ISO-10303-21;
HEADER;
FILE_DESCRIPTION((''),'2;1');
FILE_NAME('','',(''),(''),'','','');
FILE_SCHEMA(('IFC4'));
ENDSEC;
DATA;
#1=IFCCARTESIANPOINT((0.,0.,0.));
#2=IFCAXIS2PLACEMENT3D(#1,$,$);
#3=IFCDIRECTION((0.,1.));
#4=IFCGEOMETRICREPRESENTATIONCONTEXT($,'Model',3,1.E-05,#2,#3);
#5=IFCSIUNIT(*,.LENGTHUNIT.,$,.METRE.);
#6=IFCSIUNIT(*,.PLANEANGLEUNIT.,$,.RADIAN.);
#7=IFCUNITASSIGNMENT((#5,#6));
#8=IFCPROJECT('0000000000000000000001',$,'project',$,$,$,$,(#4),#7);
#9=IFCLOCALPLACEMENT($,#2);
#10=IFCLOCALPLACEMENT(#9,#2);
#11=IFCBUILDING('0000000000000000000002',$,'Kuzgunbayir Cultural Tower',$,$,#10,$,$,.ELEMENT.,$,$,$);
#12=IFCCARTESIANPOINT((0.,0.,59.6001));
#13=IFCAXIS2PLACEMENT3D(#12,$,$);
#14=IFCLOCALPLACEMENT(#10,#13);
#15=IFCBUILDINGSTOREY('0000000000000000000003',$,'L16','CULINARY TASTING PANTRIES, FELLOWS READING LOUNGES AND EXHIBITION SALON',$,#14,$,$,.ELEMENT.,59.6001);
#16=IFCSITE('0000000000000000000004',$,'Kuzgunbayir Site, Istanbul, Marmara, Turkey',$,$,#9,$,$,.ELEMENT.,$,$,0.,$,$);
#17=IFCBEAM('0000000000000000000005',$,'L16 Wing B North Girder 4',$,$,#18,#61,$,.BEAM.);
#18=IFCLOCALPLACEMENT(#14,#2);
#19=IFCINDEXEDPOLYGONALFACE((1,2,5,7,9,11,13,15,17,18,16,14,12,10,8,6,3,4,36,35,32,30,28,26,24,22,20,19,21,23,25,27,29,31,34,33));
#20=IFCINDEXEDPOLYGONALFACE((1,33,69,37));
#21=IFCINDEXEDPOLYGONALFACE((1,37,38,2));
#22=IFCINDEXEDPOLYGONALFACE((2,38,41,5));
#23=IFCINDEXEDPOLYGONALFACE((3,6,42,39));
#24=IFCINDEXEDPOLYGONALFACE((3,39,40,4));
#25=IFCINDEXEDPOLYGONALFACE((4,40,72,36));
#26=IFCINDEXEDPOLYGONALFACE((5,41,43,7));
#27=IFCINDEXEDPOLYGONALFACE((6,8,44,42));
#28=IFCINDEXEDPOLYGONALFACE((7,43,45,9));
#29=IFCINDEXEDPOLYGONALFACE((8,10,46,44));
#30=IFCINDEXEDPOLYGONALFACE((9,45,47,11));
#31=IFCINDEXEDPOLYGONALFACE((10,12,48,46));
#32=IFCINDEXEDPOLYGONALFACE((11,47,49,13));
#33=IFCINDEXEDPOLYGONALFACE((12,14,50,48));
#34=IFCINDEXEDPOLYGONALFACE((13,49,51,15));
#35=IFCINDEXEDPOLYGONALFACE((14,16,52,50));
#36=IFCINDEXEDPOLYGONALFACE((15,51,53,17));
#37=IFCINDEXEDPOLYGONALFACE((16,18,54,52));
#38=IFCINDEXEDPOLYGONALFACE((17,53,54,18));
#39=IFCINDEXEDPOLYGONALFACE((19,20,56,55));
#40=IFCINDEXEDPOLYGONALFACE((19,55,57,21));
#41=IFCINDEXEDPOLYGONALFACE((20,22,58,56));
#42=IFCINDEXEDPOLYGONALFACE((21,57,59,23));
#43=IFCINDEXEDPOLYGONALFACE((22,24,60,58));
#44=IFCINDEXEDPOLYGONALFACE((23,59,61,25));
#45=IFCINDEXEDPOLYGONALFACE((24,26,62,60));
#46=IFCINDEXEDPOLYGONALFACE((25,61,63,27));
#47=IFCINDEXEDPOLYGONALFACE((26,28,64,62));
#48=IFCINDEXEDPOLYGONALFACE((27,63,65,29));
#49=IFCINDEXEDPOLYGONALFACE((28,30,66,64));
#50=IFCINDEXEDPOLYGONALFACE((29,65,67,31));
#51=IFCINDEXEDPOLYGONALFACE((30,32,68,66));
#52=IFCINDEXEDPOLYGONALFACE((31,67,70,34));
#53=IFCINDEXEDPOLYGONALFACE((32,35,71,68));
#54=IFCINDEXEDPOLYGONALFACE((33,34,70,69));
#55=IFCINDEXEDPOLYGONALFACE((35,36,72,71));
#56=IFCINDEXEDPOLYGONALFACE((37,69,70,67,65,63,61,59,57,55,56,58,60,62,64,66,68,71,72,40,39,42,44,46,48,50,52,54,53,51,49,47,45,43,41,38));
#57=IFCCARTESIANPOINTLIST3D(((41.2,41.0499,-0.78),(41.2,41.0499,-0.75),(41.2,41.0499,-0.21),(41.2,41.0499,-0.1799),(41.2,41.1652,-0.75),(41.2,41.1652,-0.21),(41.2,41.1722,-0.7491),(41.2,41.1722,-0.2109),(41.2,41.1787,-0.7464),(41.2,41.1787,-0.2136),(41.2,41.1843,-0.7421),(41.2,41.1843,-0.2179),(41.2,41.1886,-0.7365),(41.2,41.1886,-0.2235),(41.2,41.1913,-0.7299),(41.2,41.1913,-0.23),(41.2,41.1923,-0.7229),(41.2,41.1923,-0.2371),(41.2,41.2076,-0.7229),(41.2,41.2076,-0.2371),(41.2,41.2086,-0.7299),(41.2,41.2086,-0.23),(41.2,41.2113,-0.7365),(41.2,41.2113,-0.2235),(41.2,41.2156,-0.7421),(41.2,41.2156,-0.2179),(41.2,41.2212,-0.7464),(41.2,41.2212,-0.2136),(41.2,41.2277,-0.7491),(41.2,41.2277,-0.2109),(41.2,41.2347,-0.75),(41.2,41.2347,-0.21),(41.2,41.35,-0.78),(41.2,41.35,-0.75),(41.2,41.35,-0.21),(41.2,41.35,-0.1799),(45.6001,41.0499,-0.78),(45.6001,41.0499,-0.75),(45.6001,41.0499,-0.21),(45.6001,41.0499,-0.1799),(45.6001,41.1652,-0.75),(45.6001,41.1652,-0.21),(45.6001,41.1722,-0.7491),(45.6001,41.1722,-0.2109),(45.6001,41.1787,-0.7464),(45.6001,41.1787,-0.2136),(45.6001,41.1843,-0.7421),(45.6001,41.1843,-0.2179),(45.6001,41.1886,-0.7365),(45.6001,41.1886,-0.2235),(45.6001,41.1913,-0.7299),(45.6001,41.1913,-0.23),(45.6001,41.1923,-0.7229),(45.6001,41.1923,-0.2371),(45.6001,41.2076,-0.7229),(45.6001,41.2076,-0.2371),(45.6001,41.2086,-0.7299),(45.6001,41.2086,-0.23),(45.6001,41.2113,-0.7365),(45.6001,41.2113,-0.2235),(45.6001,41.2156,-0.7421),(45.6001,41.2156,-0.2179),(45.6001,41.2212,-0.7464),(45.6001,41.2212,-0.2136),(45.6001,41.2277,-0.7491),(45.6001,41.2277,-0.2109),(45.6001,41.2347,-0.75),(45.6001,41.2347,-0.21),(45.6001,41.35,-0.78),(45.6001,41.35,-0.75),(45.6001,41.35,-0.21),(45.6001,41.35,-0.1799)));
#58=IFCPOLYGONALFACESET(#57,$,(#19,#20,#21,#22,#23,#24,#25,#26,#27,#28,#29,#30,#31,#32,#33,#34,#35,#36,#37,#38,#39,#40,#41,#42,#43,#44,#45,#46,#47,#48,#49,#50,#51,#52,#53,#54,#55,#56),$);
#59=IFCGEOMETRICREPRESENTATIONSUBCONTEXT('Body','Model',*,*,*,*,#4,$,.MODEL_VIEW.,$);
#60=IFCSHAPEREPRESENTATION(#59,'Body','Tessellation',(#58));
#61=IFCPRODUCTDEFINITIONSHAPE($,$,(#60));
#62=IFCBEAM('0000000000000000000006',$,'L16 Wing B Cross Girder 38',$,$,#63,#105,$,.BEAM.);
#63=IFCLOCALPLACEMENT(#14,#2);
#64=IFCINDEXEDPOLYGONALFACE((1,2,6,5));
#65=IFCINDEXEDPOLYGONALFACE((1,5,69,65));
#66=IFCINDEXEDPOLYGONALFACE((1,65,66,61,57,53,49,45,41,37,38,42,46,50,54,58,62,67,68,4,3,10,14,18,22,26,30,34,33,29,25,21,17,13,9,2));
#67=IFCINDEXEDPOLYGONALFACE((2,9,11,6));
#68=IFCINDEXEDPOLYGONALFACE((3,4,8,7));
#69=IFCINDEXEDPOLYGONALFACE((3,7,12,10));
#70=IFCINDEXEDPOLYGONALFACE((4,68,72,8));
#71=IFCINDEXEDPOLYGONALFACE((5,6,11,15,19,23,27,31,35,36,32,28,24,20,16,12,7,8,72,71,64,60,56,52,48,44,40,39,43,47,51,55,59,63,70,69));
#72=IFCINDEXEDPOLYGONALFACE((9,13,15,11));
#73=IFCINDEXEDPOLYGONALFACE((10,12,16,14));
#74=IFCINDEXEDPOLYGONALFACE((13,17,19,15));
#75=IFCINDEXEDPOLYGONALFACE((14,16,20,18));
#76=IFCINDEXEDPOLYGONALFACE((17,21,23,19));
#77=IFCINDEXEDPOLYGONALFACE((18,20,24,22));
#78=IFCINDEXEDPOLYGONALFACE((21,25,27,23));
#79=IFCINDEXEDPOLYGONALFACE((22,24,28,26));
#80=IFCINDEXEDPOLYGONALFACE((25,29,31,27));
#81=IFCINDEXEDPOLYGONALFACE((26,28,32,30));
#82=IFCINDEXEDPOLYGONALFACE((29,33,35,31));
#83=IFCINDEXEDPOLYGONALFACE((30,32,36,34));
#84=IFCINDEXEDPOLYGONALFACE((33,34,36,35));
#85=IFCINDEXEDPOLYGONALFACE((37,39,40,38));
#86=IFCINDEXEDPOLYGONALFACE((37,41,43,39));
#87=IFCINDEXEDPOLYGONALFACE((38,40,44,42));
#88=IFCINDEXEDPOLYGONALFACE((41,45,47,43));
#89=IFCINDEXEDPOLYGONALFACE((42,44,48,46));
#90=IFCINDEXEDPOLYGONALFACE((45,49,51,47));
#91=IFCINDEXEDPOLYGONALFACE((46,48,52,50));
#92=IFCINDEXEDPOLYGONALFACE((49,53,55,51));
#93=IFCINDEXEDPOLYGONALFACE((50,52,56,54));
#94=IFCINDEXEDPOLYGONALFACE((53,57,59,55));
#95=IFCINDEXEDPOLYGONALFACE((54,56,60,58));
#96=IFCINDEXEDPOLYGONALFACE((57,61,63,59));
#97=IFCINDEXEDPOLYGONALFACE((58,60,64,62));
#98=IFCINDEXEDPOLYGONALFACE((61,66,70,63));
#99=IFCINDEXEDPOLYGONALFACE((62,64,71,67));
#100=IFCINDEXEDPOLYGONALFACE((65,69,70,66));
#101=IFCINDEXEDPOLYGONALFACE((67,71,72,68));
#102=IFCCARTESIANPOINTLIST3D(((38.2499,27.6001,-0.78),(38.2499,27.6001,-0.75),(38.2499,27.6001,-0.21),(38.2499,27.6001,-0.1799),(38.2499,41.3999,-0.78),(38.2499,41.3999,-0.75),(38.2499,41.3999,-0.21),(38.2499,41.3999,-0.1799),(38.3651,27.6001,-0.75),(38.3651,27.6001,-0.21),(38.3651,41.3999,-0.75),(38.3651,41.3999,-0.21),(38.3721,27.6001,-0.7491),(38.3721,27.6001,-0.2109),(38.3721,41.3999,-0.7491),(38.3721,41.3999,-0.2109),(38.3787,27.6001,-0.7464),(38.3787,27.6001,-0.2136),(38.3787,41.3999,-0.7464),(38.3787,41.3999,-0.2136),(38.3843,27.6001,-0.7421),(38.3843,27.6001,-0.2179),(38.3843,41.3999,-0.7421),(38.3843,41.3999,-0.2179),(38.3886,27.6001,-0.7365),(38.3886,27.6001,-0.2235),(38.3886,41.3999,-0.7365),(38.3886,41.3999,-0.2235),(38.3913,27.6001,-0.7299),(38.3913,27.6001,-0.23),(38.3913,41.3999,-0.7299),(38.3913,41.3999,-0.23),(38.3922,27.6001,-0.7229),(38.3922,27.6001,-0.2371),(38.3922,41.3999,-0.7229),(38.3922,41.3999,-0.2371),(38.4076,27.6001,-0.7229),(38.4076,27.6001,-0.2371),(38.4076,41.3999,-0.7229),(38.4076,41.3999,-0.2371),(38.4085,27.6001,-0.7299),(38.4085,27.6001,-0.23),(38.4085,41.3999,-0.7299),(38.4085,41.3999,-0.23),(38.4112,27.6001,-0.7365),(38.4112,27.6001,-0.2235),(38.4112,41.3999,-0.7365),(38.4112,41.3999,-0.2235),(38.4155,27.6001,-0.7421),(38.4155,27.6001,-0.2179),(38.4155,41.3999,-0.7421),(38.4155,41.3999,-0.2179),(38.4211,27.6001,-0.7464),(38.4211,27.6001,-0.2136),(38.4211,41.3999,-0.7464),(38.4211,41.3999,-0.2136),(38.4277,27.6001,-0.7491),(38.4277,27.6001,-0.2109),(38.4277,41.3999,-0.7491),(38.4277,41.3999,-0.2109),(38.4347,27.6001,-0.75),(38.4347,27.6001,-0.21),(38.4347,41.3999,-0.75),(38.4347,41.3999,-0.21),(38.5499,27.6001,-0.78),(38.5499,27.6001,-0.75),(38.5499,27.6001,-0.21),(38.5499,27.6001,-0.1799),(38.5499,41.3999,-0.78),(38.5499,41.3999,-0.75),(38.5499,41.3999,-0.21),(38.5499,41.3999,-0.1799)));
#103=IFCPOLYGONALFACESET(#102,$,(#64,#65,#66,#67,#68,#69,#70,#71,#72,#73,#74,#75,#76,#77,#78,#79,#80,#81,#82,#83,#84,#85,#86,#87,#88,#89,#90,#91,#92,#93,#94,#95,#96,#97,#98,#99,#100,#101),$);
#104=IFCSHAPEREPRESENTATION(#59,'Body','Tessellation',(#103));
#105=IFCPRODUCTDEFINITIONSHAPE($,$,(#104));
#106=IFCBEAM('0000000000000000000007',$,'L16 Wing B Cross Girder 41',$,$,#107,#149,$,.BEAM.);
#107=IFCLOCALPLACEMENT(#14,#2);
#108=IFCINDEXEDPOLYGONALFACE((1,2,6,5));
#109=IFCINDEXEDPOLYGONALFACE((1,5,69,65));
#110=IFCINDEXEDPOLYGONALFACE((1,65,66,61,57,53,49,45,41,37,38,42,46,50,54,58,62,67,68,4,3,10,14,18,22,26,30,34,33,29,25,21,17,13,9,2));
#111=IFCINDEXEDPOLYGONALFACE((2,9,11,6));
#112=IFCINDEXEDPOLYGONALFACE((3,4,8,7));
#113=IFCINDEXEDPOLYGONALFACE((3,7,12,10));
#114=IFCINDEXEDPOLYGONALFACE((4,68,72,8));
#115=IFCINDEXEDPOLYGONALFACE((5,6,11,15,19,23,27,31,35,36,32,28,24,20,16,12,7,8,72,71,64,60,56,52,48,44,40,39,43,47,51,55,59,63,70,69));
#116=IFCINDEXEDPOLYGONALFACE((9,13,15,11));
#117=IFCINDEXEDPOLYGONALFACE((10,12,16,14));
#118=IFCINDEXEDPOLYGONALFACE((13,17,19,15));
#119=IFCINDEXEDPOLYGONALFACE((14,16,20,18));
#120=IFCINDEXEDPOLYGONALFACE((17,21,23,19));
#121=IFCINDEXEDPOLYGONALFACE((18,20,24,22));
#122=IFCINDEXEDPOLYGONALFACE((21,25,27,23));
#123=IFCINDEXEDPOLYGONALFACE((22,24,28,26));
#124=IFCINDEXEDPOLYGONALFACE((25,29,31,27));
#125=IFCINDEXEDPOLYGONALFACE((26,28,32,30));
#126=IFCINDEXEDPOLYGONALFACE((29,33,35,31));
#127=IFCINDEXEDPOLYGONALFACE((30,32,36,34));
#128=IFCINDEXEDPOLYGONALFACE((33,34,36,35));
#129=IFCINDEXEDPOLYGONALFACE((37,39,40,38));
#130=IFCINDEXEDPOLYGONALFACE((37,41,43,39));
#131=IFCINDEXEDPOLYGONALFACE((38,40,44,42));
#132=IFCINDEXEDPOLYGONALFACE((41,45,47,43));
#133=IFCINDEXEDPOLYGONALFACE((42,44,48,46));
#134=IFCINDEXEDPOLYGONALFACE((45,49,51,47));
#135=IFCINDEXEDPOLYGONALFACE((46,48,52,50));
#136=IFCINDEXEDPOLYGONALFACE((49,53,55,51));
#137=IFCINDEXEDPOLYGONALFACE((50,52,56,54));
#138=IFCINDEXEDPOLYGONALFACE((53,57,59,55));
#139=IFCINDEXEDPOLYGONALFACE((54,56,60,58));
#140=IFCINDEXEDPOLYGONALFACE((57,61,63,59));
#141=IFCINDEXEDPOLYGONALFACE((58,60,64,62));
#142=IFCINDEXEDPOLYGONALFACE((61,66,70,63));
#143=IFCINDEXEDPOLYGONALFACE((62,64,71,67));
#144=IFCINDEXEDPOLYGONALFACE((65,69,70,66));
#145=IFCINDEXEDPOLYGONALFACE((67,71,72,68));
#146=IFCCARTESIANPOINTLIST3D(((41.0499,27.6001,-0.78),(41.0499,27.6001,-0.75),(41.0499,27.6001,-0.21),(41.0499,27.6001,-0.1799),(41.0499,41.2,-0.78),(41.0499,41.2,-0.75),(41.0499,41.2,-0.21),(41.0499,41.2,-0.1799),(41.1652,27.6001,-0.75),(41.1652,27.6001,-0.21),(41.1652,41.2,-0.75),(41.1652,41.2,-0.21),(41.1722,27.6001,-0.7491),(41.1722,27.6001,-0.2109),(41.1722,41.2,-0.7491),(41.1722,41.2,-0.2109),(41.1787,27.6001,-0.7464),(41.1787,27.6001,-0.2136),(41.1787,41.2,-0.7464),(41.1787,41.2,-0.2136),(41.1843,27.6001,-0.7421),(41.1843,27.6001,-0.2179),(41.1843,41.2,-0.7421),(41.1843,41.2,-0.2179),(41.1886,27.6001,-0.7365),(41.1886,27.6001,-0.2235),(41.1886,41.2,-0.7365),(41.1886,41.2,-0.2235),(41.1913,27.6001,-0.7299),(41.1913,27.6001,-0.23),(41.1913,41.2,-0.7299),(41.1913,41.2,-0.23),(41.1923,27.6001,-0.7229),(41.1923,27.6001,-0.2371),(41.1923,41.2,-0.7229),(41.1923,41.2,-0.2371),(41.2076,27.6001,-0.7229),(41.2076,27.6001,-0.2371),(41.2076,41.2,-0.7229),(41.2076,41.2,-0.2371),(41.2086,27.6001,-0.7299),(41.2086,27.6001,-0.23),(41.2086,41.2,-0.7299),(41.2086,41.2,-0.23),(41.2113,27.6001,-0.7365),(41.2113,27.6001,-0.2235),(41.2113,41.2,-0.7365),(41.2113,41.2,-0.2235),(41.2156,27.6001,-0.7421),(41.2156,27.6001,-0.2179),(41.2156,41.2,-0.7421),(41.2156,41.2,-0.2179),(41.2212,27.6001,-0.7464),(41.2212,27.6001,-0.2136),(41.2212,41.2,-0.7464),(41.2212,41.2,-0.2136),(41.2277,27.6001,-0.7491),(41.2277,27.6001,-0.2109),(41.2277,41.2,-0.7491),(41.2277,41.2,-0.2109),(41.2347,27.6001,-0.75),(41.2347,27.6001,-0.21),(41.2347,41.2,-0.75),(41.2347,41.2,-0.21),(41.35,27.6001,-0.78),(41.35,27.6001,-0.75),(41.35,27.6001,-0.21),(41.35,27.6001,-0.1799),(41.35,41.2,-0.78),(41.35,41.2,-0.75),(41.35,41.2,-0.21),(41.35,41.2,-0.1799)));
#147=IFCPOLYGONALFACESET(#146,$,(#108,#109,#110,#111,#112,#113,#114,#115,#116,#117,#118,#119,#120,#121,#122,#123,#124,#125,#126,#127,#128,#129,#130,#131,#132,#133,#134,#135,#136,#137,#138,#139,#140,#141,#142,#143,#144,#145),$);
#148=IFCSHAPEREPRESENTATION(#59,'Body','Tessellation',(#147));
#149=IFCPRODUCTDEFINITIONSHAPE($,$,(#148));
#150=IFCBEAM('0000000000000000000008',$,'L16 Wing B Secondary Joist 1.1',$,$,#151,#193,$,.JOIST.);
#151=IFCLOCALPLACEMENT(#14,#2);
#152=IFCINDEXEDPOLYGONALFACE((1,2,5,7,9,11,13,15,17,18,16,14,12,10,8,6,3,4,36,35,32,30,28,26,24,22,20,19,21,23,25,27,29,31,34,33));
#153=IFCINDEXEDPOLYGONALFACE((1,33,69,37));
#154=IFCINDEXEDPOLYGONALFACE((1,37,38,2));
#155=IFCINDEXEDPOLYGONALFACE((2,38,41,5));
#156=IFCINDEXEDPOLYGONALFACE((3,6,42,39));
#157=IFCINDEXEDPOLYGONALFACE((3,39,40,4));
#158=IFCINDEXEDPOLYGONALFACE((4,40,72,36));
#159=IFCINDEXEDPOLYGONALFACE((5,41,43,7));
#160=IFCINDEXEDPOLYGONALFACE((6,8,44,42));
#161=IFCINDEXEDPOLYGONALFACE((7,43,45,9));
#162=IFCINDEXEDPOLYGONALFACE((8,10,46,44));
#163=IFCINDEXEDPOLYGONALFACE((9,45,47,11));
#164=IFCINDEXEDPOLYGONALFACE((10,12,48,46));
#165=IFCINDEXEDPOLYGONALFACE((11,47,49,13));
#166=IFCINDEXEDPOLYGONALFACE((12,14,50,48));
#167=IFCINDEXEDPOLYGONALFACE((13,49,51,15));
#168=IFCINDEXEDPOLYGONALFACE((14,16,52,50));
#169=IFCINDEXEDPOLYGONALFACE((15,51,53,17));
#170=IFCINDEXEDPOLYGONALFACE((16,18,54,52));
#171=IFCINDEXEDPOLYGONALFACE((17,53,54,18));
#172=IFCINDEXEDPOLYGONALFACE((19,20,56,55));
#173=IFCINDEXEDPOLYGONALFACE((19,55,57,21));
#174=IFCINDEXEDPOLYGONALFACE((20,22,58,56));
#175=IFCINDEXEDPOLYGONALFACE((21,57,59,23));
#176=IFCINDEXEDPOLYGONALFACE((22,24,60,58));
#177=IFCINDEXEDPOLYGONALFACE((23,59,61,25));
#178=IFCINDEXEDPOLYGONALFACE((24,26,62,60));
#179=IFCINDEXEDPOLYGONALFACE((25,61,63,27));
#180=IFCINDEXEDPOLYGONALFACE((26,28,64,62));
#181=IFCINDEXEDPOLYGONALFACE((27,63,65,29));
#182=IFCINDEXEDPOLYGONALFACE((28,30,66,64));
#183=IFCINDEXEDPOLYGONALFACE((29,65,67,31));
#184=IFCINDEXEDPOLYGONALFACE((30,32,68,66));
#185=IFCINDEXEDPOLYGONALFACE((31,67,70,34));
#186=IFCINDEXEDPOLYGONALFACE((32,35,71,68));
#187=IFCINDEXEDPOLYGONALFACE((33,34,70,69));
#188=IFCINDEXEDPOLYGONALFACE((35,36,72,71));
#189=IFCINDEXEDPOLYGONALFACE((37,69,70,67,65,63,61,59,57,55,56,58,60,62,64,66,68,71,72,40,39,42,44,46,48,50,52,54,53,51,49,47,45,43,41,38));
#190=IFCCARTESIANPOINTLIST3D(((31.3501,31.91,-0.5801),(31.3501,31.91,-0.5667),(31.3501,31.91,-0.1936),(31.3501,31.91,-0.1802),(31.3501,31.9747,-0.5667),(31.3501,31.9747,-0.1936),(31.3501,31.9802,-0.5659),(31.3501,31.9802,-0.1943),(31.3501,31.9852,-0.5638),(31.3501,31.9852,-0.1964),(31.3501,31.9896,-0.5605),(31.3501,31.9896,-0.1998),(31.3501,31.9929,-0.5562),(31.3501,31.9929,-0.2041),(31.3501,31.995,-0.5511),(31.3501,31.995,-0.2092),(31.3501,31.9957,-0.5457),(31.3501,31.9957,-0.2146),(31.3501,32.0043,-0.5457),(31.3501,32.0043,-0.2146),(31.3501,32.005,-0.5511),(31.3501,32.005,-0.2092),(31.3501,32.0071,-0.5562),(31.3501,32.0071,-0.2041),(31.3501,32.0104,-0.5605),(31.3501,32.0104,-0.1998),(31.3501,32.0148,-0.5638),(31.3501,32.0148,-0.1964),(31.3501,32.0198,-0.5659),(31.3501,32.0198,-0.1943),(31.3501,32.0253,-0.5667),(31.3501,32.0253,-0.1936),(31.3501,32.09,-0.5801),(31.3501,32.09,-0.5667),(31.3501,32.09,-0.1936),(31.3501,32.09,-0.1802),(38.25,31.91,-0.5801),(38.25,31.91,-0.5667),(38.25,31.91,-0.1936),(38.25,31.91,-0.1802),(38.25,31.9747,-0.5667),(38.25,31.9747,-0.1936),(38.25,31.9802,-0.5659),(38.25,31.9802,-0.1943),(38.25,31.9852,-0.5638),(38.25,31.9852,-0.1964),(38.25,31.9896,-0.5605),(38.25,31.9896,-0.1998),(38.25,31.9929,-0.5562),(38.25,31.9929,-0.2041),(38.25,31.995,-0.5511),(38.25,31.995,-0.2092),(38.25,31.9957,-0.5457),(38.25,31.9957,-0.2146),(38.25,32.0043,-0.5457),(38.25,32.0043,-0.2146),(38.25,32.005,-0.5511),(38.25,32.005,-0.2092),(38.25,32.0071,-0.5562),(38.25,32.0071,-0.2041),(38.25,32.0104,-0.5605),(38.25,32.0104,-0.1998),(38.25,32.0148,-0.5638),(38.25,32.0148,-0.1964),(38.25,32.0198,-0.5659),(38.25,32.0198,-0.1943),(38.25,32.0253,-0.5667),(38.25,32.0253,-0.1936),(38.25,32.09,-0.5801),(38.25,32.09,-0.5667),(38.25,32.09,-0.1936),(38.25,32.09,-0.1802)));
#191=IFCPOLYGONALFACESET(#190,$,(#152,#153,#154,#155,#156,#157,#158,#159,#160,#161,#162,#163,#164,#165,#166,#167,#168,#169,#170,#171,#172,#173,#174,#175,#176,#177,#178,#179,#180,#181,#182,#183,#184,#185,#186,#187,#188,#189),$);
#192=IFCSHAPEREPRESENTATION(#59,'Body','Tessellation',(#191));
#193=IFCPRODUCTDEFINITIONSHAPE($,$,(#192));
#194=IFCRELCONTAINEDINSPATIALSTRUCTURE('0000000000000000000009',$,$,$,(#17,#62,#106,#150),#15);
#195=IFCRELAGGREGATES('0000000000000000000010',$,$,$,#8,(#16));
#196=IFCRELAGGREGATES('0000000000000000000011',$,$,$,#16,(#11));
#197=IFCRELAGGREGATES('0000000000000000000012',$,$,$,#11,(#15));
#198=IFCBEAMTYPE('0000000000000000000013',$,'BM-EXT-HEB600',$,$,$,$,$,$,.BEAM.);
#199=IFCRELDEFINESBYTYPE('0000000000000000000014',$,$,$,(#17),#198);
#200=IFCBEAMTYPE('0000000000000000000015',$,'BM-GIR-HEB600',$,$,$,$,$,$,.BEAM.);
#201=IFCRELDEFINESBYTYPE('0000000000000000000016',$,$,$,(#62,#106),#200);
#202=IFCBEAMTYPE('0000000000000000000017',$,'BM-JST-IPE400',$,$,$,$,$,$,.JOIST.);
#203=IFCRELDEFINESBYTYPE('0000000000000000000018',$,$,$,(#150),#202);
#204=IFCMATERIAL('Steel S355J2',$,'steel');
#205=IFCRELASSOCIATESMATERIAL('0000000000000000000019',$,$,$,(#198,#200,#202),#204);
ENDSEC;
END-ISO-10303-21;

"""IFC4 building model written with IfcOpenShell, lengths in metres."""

from ifc_helpers import new_model, si_unit, direction, frame, origin, origin_2d, place, context, subcontext, project, spatial, i_section, extrude, material, material_profile, profile_set, type_object, element, save


model = new_model("IFC4")

# Units and contexts
model_context = context("Model", 3, precision=1e-05, world=origin(), true_north=direction((0.0, 1.0)))
body_context = subcontext(model_context, "Body", "Model", "MODEL_VIEW")
ifc_project = project(units=[si_unit("LENGTHUNIT", "METRE"), si_unit("PLANEANGLEUNIT", "RADIAN")], contexts=[model_context])

# Site, building, storey
site_placement = place(None, origin())
site = spatial("IfcSite", under=ifc_project, at=site_placement, Name="Kuzgunbayir Site, Istanbul, Marmara, Turkey", CompositionType="ELEMENT", RefElevation=0.0)
building_placement = place(site_placement, origin())
building = spatial("IfcBuilding", under=site, at=building_placement, Name="Kuzgunbayir Cultural Tower", CompositionType="ELEMENT")
storey_placement = place(building_placement, frame((0.0, 0.0, 59.6001)))
storey = spatial("IfcBuildingStorey", under=building, at=storey_placement, Name="L16", Description="CULINARY TASTING PANTRIES, FELLOWS READING LOUNGES AND EXHIBITION SALON", CompositionType="ELEMENT", Elevation=59.6001)

# Beams
ifc_material_1 = material(Name="Steel S355J2", Category="steel")
ifc_material_profile_1 = material_profile(ifc_material_1, i_section(OverallWidth=0.3, OverallDepth=0.6001, WebThickness=0.0154, FlangeThickness=0.03, FilletRadius=0.0271, at=origin_2d()), Name="HEB 600")
ifc_profile_set_1 = profile_set([ifc_material_profile_1], Name="Steel S355J2")
beam_type_1 = type_object("IfcBeamType", Name="BM-EXT-HEB600", PredefinedType="BEAM", material=ifc_profile_set_1)
for number, where, z_axis, x_axis, name in (
    (1, (41.2, 41.2, -0.48), (1.0, 0.0, 0.0), (0.0, 1.0, 0.0), "L16 Wing B North Girder 4"),
):
    element("IfcBeam", number, at=place(storey_placement, frame(where, z_axis=z_axis, x_axis=x_axis)), inside=storey, type_object=beam_type_1, Name=name, PredefinedType="BEAM", context=body_context, shape_type="SweptSolid", body=[
        extrude(i_section(OverallWidth=0.3, OverallDepth=0.6001, WebThickness=0.0154, FlangeThickness=0.03, FilletRadius=0.0271, at=origin_2d()), origin(), (0.0, 0.0, 1.0), 4.4001),
    ])
ifc_material_profile_2 = material_profile(ifc_material_1, i_section(OverallWidth=0.3, OverallDepth=0.6001, WebThickness=0.0154, FlangeThickness=0.03, FilletRadius=0.0271, at=origin_2d()), Name="HEB 600")
ifc_profile_set_2 = profile_set([ifc_material_profile_2], Name="Steel S355J2")
beam_type_2 = type_object("IfcBeamType", Name="BM-GIR-HEB600", PredefinedType="BEAM", material=ifc_profile_set_2)
beam_1_placement = place(storey_placement, frame((38.3999, 27.6001, -0.48), z_axis=(0.0, 1.0, 0.0), x_axis=(-1.0, 0.0, 0.0)))
element("IfcBeam", 2, at=beam_1_placement, inside=storey, type_object=beam_type_2, Name="L16 Wing B Cross Girder 38", PredefinedType="BEAM", context=body_context, shape_type="SweptSolid", body=[
    extrude(i_section(OverallWidth=0.3, OverallDepth=0.6001, WebThickness=0.0154, FlangeThickness=0.03, FilletRadius=0.0271, at=origin_2d()), origin(), (0.0, 0.0, 1.0), 13.7998),
])
beam_2_placement = place(storey_placement, frame((41.2, 27.6001, -0.48), z_axis=(0.0, 1.0, 0.0), x_axis=(-1.0, 0.0, 0.0)))
element("IfcBeam", 3, at=beam_2_placement, inside=storey, type_object=beam_type_2, Name="L16 Wing B Cross Girder 41", PredefinedType="BEAM", context=body_context, shape_type="SweptSolid", body=[
    extrude(i_section(OverallWidth=0.3, OverallDepth=0.6001, WebThickness=0.0154, FlangeThickness=0.03, FilletRadius=0.0271, at=origin_2d()), origin(), (0.0, 0.0, 1.0), 13.5999),
])
ifc_material_profile_3 = material_profile(ifc_material_1, i_section(OverallWidth=0.1799, OverallDepth=0.3999, WebThickness=0.0085, FlangeThickness=0.0134, FilletRadius=0.021, at=origin_2d()), Name="IPE 400")
ifc_profile_set_3 = profile_set([ifc_material_profile_3], Name="Steel S355J2")
beam_type_3 = type_object("IfcBeamType", Name="BM-JST-IPE400", PredefinedType="JOIST", material=ifc_profile_set_3)
for number, where, z_axis, x_axis, name in (
    (4, (31.3501, 32.0, -0.3801), (1.0, 0.0, 0.0), (0.0, 1.0, 0.0), "L16 Wing B Secondary Joist 1.1"),
):
    element("IfcBeam", number, at=place(storey_placement, frame(where, z_axis=z_axis, x_axis=x_axis)), inside=storey, type_object=beam_type_3, Name=name, PredefinedType="JOIST", context=body_context, shape_type="SweptSolid", body=[
        extrude(i_section(OverallWidth=0.1799, OverallDepth=0.3999, WebThickness=0.0085, FlangeThickness=0.0134, FilletRadius=0.021, at=origin_2d()), origin(), (0.0, 0.0, 1.0), 6.8999),
    ])

save(model, "model.ifc")
